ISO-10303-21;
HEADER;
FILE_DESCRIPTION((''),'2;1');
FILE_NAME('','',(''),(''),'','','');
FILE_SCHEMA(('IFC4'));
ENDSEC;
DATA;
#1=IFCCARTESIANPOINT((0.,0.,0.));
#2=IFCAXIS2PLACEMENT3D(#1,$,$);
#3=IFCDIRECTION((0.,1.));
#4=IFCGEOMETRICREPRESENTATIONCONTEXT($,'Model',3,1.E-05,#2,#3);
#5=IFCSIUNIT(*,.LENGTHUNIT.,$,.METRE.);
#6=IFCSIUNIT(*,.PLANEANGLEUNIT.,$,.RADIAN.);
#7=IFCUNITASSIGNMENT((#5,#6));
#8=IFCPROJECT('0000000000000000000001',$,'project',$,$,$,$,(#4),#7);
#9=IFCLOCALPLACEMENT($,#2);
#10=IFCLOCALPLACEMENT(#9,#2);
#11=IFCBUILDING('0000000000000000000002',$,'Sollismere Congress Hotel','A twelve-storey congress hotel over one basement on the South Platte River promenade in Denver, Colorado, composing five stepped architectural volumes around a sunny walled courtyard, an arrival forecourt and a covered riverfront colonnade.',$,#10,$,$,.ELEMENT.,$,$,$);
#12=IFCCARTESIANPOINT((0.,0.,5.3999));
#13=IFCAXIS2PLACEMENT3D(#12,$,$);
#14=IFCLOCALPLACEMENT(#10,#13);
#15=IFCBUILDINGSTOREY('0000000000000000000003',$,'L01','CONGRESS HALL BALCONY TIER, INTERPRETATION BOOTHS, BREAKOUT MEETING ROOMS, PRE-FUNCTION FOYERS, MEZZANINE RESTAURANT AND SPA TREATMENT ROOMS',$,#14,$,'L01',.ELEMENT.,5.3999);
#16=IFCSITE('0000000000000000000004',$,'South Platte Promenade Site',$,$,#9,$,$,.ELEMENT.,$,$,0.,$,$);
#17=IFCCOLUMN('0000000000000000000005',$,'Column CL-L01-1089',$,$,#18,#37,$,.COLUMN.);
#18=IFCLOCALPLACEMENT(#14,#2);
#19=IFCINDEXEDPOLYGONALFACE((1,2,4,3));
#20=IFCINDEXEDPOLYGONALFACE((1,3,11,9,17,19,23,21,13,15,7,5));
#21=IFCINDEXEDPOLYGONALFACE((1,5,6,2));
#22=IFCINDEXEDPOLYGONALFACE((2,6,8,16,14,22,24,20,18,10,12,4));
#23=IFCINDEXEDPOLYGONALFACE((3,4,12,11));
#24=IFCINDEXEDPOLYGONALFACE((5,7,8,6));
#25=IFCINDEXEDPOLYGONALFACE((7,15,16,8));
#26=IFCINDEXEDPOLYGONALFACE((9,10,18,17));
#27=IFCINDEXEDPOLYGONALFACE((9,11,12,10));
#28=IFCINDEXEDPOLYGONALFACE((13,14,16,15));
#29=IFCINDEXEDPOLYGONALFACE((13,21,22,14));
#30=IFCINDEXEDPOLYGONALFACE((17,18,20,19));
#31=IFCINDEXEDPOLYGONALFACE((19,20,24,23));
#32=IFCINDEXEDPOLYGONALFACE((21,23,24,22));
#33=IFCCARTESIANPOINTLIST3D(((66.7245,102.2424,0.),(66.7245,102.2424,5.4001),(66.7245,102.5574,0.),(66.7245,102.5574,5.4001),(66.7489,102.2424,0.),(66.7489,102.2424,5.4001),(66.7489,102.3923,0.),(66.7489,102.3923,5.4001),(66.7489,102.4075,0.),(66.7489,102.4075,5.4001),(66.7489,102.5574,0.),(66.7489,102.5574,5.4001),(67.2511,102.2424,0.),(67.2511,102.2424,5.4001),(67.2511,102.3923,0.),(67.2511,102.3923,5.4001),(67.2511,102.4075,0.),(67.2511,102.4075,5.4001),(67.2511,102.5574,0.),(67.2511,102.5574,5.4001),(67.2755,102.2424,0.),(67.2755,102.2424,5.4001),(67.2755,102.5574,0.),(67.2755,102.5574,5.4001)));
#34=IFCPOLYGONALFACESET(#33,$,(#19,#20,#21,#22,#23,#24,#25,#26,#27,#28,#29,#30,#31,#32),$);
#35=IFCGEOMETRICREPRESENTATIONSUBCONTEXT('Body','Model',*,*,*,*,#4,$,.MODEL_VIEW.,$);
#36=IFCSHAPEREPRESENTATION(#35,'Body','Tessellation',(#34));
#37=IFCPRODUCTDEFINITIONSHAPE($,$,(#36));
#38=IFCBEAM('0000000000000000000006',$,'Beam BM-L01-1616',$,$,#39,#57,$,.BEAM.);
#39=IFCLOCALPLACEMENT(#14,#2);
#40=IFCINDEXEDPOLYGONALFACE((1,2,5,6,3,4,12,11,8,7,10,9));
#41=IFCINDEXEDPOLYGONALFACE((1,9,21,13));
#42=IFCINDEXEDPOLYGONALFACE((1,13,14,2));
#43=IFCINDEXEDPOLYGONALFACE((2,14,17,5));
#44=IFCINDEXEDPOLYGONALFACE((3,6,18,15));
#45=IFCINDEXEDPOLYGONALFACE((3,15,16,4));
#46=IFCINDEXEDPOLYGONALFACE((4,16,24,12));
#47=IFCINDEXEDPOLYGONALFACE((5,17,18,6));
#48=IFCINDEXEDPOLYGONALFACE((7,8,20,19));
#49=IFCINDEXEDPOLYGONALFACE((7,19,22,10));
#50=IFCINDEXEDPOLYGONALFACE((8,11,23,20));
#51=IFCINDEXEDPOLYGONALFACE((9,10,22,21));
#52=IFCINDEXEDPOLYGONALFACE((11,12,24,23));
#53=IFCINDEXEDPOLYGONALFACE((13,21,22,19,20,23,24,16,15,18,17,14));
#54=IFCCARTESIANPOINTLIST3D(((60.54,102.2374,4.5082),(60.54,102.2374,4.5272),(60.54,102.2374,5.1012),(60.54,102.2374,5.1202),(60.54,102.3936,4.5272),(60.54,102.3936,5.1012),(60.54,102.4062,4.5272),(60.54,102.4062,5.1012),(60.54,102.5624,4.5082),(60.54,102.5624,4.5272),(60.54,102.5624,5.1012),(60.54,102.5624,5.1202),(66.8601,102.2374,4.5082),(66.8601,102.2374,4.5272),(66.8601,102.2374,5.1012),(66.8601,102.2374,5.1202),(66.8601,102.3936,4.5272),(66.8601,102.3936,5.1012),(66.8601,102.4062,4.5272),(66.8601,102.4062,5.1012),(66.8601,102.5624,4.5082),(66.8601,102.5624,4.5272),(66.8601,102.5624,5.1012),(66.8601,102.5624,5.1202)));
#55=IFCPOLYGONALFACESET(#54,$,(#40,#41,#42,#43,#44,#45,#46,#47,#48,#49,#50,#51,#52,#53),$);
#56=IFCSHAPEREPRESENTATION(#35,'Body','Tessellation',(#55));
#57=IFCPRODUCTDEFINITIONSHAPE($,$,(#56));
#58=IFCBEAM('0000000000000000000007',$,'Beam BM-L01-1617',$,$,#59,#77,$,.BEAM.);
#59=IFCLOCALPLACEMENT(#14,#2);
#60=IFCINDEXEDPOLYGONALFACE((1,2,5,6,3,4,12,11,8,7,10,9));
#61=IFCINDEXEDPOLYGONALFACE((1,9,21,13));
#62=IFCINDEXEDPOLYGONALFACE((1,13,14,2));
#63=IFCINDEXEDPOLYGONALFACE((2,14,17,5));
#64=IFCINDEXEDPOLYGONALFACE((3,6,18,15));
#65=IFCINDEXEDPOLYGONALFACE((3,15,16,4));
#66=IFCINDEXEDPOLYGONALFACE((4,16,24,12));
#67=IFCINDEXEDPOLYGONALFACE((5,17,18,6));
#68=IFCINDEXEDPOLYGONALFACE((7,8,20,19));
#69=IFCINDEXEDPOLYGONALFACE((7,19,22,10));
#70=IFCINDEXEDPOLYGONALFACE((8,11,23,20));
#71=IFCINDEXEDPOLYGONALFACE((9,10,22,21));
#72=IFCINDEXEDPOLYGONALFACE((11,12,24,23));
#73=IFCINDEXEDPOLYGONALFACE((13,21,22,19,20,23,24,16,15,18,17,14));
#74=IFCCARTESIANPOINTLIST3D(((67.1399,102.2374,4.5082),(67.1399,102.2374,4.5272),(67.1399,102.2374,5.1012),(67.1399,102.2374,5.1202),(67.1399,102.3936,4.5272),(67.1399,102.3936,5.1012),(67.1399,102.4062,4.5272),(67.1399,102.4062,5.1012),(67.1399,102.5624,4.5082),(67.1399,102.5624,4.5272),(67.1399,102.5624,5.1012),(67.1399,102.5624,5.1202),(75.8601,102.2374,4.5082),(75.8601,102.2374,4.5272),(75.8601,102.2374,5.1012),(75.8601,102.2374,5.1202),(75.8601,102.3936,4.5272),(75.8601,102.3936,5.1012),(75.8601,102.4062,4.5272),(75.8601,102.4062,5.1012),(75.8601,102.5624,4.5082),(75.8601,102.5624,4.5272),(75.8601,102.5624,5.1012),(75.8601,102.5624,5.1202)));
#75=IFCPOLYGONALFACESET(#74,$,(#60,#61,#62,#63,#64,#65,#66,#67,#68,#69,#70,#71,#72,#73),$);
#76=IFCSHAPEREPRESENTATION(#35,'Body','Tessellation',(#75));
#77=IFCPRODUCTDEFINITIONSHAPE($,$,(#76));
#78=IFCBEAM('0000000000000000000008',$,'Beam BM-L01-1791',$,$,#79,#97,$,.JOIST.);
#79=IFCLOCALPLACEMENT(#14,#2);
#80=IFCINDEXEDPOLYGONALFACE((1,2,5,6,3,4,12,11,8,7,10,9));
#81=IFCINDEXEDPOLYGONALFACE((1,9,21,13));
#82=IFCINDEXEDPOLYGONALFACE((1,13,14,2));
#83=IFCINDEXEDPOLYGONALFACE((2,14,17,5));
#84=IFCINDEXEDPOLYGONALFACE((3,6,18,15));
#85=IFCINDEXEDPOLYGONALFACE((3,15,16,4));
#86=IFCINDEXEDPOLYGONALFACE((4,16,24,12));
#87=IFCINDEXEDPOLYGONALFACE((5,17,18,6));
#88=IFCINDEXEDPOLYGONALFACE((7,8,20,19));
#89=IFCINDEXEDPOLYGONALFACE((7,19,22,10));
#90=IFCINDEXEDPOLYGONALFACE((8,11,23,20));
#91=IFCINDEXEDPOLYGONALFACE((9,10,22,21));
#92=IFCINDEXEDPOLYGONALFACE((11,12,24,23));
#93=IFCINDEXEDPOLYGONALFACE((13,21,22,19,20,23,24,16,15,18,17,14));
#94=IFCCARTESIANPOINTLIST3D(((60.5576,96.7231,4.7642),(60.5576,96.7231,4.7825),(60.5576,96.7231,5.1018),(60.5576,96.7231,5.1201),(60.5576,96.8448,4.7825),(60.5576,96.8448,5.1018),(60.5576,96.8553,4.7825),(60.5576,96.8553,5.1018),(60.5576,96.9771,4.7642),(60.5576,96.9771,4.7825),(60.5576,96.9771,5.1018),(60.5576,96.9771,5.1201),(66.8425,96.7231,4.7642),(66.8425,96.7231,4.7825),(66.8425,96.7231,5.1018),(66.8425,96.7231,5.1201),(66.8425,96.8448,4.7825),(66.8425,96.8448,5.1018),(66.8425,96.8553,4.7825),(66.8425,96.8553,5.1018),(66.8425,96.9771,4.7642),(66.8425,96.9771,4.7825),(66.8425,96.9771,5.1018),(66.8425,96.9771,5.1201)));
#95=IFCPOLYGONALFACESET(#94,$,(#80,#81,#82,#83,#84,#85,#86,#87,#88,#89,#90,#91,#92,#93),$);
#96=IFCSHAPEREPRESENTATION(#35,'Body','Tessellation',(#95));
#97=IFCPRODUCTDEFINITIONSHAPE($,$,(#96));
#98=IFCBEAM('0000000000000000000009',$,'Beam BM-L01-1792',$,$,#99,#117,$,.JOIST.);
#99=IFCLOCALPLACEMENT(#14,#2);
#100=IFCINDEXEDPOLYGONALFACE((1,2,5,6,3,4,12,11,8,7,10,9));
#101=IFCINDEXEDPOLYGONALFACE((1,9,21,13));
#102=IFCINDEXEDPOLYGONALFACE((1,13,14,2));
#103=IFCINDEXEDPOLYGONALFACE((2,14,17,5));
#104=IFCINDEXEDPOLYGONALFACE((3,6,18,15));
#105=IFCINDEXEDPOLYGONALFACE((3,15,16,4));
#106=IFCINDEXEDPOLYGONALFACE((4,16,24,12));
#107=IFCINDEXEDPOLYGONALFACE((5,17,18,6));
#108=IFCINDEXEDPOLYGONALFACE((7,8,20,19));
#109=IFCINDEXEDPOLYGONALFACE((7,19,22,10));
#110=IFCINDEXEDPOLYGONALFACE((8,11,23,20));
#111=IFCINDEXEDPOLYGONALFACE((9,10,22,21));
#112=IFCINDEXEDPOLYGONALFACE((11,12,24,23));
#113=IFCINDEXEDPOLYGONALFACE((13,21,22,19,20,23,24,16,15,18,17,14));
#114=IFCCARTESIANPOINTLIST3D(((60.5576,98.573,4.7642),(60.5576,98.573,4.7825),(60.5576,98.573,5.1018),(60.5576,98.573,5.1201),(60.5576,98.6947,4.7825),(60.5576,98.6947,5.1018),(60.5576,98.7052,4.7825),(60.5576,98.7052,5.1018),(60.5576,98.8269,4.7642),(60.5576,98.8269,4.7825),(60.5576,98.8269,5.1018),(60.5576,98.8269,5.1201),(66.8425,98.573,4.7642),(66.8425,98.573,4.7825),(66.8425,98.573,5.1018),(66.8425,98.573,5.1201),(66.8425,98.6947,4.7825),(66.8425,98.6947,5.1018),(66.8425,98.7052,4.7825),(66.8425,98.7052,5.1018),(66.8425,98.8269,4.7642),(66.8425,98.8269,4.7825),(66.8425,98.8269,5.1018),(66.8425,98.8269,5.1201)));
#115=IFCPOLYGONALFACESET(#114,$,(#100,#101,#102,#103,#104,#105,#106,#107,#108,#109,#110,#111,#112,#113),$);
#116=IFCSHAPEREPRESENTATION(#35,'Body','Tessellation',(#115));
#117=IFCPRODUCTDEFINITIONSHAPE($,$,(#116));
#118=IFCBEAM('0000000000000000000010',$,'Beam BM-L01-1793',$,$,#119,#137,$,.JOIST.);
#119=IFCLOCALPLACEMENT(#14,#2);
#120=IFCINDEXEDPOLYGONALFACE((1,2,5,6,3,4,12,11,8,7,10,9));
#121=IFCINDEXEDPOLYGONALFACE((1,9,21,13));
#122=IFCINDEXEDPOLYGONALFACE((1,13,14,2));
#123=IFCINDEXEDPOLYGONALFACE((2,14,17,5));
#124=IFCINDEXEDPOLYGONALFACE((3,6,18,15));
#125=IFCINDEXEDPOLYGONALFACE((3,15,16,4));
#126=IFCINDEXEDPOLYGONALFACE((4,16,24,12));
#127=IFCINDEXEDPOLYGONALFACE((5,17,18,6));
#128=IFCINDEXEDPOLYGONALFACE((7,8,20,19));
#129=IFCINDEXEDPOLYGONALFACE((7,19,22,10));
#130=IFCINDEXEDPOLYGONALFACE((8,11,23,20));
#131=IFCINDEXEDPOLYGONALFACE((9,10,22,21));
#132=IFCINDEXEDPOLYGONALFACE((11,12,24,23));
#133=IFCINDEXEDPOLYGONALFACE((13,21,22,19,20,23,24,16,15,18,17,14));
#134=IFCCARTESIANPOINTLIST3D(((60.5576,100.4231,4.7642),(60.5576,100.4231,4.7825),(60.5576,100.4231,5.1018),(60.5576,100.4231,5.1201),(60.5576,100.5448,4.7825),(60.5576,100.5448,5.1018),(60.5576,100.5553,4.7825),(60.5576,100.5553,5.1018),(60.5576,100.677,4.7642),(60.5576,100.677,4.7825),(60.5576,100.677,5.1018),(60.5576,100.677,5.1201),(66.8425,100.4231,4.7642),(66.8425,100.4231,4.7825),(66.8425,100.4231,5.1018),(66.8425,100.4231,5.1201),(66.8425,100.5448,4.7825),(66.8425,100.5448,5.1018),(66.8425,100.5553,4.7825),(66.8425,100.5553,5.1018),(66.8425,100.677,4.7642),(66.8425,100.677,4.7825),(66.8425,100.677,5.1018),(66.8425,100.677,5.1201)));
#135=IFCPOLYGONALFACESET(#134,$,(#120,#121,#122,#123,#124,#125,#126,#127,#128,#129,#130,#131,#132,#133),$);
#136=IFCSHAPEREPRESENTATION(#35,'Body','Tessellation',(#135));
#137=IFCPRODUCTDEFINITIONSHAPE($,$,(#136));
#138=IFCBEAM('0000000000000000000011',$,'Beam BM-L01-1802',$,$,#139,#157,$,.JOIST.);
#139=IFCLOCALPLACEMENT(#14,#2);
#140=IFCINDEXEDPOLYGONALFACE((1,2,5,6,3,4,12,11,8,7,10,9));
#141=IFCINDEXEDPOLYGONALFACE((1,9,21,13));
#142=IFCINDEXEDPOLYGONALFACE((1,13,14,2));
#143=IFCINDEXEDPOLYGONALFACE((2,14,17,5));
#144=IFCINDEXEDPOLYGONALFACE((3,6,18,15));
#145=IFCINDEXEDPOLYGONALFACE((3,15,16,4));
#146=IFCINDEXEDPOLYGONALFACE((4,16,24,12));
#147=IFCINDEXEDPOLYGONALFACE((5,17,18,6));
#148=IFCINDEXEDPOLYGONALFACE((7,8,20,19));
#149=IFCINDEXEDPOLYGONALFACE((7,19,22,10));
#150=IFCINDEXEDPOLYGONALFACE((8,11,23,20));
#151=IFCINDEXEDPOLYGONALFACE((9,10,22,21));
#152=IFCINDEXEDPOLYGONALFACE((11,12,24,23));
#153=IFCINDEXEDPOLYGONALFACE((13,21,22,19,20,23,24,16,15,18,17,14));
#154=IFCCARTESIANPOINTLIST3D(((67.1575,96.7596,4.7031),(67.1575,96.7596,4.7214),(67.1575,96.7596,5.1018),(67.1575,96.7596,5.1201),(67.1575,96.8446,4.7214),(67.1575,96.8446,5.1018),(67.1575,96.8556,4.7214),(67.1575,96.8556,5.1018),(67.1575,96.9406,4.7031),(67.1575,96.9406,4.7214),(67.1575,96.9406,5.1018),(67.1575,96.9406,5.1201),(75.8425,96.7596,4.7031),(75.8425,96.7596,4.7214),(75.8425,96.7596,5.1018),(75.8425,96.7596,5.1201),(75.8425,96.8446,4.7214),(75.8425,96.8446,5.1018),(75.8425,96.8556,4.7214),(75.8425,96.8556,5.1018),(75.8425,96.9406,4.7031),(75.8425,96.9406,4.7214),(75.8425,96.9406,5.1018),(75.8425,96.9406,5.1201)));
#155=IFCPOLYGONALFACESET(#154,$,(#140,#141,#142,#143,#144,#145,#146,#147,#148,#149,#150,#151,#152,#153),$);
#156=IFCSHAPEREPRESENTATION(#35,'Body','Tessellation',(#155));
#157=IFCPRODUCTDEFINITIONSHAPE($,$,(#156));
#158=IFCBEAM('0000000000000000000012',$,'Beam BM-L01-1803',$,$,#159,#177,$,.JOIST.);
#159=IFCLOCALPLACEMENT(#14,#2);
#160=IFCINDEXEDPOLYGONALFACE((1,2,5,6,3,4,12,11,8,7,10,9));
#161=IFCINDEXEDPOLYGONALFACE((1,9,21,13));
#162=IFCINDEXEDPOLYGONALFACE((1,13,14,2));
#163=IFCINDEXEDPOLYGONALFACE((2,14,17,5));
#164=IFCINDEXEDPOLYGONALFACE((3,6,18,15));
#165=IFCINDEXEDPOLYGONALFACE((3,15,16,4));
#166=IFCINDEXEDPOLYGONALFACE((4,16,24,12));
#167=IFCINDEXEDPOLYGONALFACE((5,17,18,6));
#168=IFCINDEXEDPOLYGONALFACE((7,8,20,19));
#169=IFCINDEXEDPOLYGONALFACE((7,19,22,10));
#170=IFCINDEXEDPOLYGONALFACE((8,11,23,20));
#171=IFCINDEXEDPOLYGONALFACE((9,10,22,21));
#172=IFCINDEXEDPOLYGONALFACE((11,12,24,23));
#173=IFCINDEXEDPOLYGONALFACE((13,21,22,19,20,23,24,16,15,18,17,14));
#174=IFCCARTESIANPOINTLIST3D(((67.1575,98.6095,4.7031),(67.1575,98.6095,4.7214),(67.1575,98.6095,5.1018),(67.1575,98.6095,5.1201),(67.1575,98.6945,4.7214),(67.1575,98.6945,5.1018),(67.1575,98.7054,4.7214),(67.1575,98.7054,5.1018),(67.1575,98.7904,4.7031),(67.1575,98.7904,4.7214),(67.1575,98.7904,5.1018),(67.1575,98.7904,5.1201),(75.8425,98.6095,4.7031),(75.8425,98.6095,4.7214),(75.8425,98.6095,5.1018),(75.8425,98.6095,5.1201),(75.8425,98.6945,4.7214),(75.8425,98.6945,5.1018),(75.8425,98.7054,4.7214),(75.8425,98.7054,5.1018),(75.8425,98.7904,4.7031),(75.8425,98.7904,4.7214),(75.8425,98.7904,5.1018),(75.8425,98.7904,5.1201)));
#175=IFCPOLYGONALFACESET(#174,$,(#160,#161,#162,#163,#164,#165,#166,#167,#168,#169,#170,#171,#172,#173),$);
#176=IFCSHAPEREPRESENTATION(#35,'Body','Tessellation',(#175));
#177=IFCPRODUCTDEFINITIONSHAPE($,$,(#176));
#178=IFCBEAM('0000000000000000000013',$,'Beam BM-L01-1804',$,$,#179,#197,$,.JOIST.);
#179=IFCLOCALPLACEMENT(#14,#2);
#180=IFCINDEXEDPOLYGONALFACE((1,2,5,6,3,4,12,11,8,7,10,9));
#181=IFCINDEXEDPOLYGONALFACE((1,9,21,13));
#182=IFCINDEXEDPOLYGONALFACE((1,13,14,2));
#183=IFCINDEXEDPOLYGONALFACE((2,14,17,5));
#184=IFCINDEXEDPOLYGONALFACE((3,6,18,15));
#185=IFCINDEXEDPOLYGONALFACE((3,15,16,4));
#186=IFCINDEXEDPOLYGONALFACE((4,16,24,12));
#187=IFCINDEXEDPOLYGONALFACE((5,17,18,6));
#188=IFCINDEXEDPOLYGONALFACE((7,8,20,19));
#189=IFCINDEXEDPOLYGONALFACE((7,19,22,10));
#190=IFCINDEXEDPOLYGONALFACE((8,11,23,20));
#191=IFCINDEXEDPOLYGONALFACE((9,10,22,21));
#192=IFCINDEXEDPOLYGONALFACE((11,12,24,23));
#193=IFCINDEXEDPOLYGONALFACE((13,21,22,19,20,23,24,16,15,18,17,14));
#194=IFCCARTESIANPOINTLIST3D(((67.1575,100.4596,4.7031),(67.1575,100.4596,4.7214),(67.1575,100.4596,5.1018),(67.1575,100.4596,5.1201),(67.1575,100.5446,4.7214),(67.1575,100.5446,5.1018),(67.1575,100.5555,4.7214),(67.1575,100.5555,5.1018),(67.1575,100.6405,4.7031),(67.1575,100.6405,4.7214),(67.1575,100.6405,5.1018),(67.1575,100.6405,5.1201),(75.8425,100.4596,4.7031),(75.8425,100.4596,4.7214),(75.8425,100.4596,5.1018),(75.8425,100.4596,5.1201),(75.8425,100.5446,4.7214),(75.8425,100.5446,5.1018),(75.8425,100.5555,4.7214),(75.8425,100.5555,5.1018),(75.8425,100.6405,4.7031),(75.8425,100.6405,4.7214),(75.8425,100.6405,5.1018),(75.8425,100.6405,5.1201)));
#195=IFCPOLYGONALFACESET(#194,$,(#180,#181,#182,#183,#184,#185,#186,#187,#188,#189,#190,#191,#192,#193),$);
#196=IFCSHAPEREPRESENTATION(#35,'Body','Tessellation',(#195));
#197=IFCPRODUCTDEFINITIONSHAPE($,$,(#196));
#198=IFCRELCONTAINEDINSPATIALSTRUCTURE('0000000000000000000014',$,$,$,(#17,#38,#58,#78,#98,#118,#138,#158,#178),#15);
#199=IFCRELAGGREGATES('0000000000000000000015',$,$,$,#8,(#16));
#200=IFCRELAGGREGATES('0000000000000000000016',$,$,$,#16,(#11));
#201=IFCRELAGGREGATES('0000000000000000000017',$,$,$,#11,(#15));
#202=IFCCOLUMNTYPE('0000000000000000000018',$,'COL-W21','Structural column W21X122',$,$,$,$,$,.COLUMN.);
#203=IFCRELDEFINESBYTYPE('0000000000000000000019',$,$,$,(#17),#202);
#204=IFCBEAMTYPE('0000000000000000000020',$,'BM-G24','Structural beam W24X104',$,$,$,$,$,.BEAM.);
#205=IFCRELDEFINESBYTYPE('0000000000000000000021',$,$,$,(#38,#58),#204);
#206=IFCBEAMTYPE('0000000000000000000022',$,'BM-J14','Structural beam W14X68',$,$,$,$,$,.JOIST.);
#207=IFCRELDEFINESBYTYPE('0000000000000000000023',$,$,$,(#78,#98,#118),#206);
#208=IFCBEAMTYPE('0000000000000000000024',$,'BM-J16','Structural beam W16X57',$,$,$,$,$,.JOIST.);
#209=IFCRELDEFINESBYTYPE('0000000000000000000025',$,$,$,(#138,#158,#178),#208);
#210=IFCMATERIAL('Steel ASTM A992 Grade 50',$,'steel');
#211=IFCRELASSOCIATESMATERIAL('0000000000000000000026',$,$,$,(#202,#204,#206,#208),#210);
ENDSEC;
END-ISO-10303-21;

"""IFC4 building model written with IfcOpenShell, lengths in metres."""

from ifc_helpers import new_model, si_unit, direction, frame, origin, origin_2d, place, context, subcontext, project, spatial, i_section, extrude, material, material_profile, profile_set, type_object, element, save


model = new_model("IFC4")

# Units and contexts
model_context = context("Model", 3, precision=1e-05, world=origin(), true_north=direction((0.0, 1.0)))
body_context = subcontext(model_context, "Body", "Model", "MODEL_VIEW")
ifc_project = project(units=[si_unit("LENGTHUNIT", "METRE"), si_unit("PLANEANGLEUNIT", "RADIAN")], contexts=[model_context])

# Site, building, storey
site_placement = place(None, origin())
site = spatial("IfcSite", under=ifc_project, at=site_placement, Name="South Platte Promenade Site", CompositionType="ELEMENT", RefElevation=0.0)
building_placement = place(site_placement, origin())
building = spatial("IfcBuilding", under=site, at=building_placement, Name="Sollismere Congress Hotel", Description="A twelve-storey congress hotel over one basement on the South Platte River promenade in Denver, Colorado, composing five stepped architectural volumes around a sunny walled courtyard, an arrival forecourt and a covered riverfront colonnade.", CompositionType="ELEMENT")
storey_placement = place(building_placement, frame((0.0, 0.0, 5.3999)))
storey = spatial("IfcBuildingStorey", under=building, at=storey_placement, Name="L01", Description="CONGRESS HALL BALCONY TIER, INTERPRETATION BOOTHS, BREAKOUT MEETING ROOMS, PRE-FUNCTION FOYERS, MEZZANINE RESTAURANT AND SPA TREATMENT ROOMS", LongName="L01", CompositionType="ELEMENT", Elevation=5.3999)

# Column
ifc_material_1 = material(Name="Steel ASTM A992 Grade 50", Category="steel")
ifc_material_profile_1 = material_profile(ifc_material_1, i_section(OverallWidth=0.3149, OverallDepth=0.551, WebThickness=0.0151, FlangeThickness=0.0244, at=origin_2d()), Name="W21X122")
ifc_profile_set_1 = profile_set([ifc_material_profile_1], Name="Steel ASTM A992 Grade 50")
column_type = type_object("IfcColumnType", Name="COL-W21", Description="Structural column W21X122", PredefinedType="COLUMN", material=ifc_profile_set_1)
column_placement = place(storey_placement, frame((67.0, 102.3999, 0.0), z_axis=(0.0, 0.0, 1.0), x_axis=(0.0, 1.0, 0.0)))
element("IfcColumn", 1, at=column_placement, inside=storey, type_object=column_type, Name="Column CL-L01-1089", PredefinedType="COLUMN", context=body_context, shape_type="SweptSolid", body=[
    extrude(i_section(OverallWidth=0.3149, OverallDepth=0.551, WebThickness=0.0151, FlangeThickness=0.0244, at=origin_2d()), origin(), (0.0, 0.0, 1.0), 5.4001),
])

# Beams
ifc_material_profile_2 = material_profile(ifc_material_1, i_section(OverallWidth=0.325, OverallDepth=0.6121, WebThickness=0.0127, FlangeThickness=0.019, at=origin_2d()), Name="W24X104")
ifc_profile_set_2 = profile_set([ifc_material_profile_2], Name="Steel ASTM A992 Grade 50")
beam_type_1 = type_object("IfcBeamType", Name="BM-G24", Description="Structural beam W24X104", PredefinedType="BEAM", material=ifc_profile_set_2)
beam_1_placement = place(storey_placement, frame((60.54, 102.3999, 4.8142), z_axis=(1.0, 0.0, 0.0), x_axis=(0.0, 1.0, 0.0)))
element("IfcBeam", 2, at=beam_1_placement, inside=storey, type_object=beam_type_1, Name="Beam BM-L01-1616", PredefinedType="BEAM", context=body_context, shape_type="SweptSolid", body=[
    extrude(i_section(OverallWidth=0.325, OverallDepth=0.6121, WebThickness=0.0127, FlangeThickness=0.019, at=origin_2d()), origin(), (0.0, 0.0, 1.0), 6.3201),
])
beam_2_placement = place(storey_placement, frame((67.1399, 102.3999, 4.8142), z_axis=(1.0, 0.0, 0.0), x_axis=(0.0, 1.0, 0.0)))
element("IfcBeam", 3, at=beam_2_placement, inside=storey, type_object=beam_type_1, Name="Beam BM-L01-1617", PredefinedType="BEAM", context=body_context, shape_type="SweptSolid", body=[
    extrude(i_section(OverallWidth=0.325, OverallDepth=0.6121, WebThickness=0.0127, FlangeThickness=0.019, at=origin_2d()), origin(), (0.0, 0.0, 1.0), 8.7202),
])
ifc_material_profile_3 = material_profile(ifc_material_1, i_section(OverallWidth=0.2539, OverallDepth=0.356, WebThickness=0.0105, FlangeThickness=0.0183, at=origin_2d()), Name="W14X68")
ifc_profile_set_3 = profile_set([ifc_material_profile_3], Name="Steel ASTM A992 Grade 50")
beam_type_2 = type_object("IfcBeamType", Name="BM-J14", Description="Structural beam W14X68", PredefinedType="JOIST", material=ifc_profile_set_3)
for number, where, z_axis, x_axis, name in (
    (4, (60.5576, 96.8501, 4.9421), (1.0, 0.0, 0.0), (0.0, 1.0, 0.0), "Beam BM-L01-1791"),
    (5, (60.5576, 98.7, 4.9421), (1.0, 0.0, 0.0), (0.0, 1.0, 0.0), "Beam BM-L01-1792"),
    (6, (60.5576, 100.55, 4.9421), (1.0, 0.0, 0.0), (0.0, 1.0, 0.0), "Beam BM-L01-1793"),
):
    element("IfcBeam", number, at=place(storey_placement, frame(where, z_axis=z_axis, x_axis=x_axis)), inside=storey, type_object=beam_type_2, Name=name, PredefinedType="JOIST", context=body_context, shape_type="SweptSolid", body=[
        extrude(i_section(OverallWidth=0.2539, OverallDepth=0.356, WebThickness=0.0105, FlangeThickness=0.0183, at=origin_2d()), origin(), (0.0, 0.0, 1.0), 6.2849),
    ])
ifc_material_profile_4 = material_profile(ifc_material_1, i_section(OverallWidth=0.1809, OverallDepth=0.417, WebThickness=0.011, FlangeThickness=0.0183, at=origin_2d()), Name="W16X57")
ifc_profile_set_4 = profile_set([ifc_material_profile_4], Name="Steel ASTM A992 Grade 50")
beam_type_3 = type_object("IfcBeamType", Name="BM-J16", Description="Structural beam W16X57", PredefinedType="JOIST", material=ifc_profile_set_4)
for number, where, z_axis, x_axis, name in (
    (7, (67.1575, 96.8501, 4.9116), (1.0, 0.0, 0.0), (0.0, 1.0, 0.0), "Beam BM-L01-1802"),
    (8, (67.1575, 98.7, 4.9116), (1.0, 0.0, 0.0), (0.0, 1.0, 0.0), "Beam BM-L01-1803"),
    (9, (67.1575, 100.55, 4.9116), (1.0, 0.0, 0.0), (0.0, 1.0, 0.0), "Beam BM-L01-1804"),
):
    element("IfcBeam", number, at=place(storey_placement, frame(where, z_axis=z_axis, x_axis=x_axis)), inside=storey, type_object=beam_type_3, Name=name, PredefinedType="JOIST", context=body_context, shape_type="SweptSolid", body=[
        extrude(i_section(OverallWidth=0.1809, OverallDepth=0.417, WebThickness=0.011, FlangeThickness=0.0183, at=origin_2d()), origin(), (0.0, 0.0, 1.0), 8.6851),
    ])

save(model, "model.ifc")
